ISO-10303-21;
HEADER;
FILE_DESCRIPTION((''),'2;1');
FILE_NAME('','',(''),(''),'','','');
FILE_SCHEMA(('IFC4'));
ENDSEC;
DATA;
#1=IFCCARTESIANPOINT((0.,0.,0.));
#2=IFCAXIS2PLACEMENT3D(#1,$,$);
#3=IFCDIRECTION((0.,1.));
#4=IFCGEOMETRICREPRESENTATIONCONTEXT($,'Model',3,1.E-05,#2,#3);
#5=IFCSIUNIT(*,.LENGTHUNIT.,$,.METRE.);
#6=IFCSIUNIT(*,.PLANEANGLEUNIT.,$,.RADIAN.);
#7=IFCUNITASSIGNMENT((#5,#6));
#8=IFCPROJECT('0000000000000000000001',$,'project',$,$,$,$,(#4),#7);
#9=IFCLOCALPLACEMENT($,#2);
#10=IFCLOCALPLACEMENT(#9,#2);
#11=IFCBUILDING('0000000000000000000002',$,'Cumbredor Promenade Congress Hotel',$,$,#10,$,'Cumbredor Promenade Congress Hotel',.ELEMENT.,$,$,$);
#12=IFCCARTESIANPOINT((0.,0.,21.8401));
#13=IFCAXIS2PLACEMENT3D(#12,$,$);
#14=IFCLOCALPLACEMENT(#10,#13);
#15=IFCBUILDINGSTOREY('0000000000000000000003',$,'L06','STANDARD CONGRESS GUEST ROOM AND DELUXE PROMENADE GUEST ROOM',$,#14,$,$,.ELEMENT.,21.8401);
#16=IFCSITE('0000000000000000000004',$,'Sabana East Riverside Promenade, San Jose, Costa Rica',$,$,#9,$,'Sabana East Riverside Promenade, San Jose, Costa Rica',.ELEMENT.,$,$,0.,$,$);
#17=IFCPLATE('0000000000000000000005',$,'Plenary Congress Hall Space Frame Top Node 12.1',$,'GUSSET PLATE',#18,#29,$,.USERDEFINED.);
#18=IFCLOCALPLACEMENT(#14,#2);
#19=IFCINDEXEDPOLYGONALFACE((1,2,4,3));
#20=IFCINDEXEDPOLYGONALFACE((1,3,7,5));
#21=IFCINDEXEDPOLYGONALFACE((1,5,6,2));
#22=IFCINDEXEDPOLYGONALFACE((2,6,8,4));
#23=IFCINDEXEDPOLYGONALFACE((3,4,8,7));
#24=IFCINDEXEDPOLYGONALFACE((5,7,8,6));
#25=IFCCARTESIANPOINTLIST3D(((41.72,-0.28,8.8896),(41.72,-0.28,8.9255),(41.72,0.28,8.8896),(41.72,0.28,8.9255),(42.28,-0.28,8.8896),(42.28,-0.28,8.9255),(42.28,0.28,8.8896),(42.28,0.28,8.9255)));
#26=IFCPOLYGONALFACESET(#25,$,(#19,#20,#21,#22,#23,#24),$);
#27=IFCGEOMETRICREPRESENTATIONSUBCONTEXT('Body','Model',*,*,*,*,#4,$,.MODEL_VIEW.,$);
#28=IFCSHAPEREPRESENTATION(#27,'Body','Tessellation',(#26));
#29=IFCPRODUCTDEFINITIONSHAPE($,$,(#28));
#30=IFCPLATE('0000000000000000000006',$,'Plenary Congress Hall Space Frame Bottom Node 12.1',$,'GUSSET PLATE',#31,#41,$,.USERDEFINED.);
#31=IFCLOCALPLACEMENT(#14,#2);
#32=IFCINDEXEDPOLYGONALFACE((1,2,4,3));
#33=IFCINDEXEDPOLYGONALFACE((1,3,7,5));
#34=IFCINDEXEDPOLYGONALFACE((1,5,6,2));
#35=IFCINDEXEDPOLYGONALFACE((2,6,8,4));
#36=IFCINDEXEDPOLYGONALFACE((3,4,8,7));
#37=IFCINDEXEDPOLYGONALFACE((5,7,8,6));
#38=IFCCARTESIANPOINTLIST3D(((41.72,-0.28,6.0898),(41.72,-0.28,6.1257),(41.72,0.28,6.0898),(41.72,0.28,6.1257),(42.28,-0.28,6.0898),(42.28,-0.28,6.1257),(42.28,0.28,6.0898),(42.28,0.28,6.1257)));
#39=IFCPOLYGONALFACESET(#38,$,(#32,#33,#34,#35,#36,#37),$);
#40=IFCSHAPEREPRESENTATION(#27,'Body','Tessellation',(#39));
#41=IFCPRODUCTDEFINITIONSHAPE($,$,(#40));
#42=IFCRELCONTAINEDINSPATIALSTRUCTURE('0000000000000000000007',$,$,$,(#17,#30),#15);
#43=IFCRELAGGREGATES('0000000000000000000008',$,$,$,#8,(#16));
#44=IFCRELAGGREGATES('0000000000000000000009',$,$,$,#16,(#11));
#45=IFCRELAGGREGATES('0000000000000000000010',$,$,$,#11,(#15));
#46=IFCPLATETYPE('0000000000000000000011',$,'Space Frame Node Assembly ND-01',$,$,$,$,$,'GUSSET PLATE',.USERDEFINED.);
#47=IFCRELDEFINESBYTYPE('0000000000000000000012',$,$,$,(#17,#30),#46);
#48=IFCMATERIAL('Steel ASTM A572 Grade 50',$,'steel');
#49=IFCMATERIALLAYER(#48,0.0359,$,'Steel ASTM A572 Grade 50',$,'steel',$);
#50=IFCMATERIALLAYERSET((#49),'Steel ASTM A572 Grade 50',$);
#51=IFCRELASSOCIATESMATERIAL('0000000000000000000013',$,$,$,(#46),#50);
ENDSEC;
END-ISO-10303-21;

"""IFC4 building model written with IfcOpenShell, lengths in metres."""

from ifc_helpers import new_model, si_unit, direction, frame, origin, origin_2d, place, context, subcontext, project, spatial, rectangle, extrude, material, layer, layer_set, type_object, element, save


model = new_model("IFC4")

# Units and contexts
model_context = context("Model", 3, precision=1e-05, world=origin(), true_north=direction((0.0, 1.0)))
body_context = subcontext(model_context, "Body", "Model", "MODEL_VIEW")
ifc_project = project(units=[si_unit("LENGTHUNIT", "METRE"), si_unit("PLANEANGLEUNIT", "RADIAN")], contexts=[model_context])

# Site, building, storey
site_placement = place(None, origin())
site = spatial("IfcSite", under=ifc_project, at=site_placement, Name="Sabana East Riverside Promenade, San Jose, Costa Rica", LongName="Sabana East Riverside Promenade, San Jose, Costa Rica", CompositionType="ELEMENT", RefElevation=0.0)
building_placement = place(site_placement, origin())
building = spatial("IfcBuilding", under=site, at=building_placement, Name="Cumbredor Promenade Congress Hotel", LongName="Cumbredor Promenade Congress Hotel", CompositionType="ELEMENT")
storey_placement = place(building_placement, frame((0.0, 0.0, 21.8401)))
storey = spatial("IfcBuildingStorey", under=building, at=storey_placement, Name="L06", Description="STANDARD CONGRESS GUEST ROOM AND DELUXE PROMENADE GUEST ROOM", CompositionType="ELEMENT", Elevation=21.8401)

# Plates
ifc_material_1 = material(Name="Steel ASTM A572 Grade 50", Category="steel")
ifc_layer_1 = layer(ifc_material_1, 0.0359, Name="Steel ASTM A572 Grade 50", Category="steel")
ifc_layer_set_1 = layer_set([ifc_layer_1], Name="Steel ASTM A572 Grade 50")
plate_type_1 = type_object("IfcPlateType", Name="Space Frame Node Assembly ND-01", ElementType="GUSSET PLATE", PredefinedType="USERDEFINED", material=ifc_layer_set_1)
for number, where, z_axis, x_axis, name in (
    (1, (42.0, 0.0, 8.8896), (0.0, 0.0, 1.0), (1.0, 0.0, 0.0), "Plenary Congress Hall Space Frame Top Node 12.1"),
    (2, (42.0, 0.0, 6.0898), (0.0, 0.0, 1.0), (1.0, 0.0, 0.0), "Plenary Congress Hall Space Frame Bottom Node 12.1"),
):
    element("IfcPlate", number, at=place(storey_placement, frame(where, z_axis=z_axis, x_axis=x_axis)), inside=storey, type_object=plate_type_1, Name=name, ObjectType="GUSSET PLATE", PredefinedType="USERDEFINED", context=body_context, shape_type="SweptSolid", body=[
        extrude(rectangle(XDim=0.5601, YDim=0.5601, at=origin_2d()), origin(), (0.0, 0.0, 1.0), 0.0359),
    ])

save(model, "model.ifc")
